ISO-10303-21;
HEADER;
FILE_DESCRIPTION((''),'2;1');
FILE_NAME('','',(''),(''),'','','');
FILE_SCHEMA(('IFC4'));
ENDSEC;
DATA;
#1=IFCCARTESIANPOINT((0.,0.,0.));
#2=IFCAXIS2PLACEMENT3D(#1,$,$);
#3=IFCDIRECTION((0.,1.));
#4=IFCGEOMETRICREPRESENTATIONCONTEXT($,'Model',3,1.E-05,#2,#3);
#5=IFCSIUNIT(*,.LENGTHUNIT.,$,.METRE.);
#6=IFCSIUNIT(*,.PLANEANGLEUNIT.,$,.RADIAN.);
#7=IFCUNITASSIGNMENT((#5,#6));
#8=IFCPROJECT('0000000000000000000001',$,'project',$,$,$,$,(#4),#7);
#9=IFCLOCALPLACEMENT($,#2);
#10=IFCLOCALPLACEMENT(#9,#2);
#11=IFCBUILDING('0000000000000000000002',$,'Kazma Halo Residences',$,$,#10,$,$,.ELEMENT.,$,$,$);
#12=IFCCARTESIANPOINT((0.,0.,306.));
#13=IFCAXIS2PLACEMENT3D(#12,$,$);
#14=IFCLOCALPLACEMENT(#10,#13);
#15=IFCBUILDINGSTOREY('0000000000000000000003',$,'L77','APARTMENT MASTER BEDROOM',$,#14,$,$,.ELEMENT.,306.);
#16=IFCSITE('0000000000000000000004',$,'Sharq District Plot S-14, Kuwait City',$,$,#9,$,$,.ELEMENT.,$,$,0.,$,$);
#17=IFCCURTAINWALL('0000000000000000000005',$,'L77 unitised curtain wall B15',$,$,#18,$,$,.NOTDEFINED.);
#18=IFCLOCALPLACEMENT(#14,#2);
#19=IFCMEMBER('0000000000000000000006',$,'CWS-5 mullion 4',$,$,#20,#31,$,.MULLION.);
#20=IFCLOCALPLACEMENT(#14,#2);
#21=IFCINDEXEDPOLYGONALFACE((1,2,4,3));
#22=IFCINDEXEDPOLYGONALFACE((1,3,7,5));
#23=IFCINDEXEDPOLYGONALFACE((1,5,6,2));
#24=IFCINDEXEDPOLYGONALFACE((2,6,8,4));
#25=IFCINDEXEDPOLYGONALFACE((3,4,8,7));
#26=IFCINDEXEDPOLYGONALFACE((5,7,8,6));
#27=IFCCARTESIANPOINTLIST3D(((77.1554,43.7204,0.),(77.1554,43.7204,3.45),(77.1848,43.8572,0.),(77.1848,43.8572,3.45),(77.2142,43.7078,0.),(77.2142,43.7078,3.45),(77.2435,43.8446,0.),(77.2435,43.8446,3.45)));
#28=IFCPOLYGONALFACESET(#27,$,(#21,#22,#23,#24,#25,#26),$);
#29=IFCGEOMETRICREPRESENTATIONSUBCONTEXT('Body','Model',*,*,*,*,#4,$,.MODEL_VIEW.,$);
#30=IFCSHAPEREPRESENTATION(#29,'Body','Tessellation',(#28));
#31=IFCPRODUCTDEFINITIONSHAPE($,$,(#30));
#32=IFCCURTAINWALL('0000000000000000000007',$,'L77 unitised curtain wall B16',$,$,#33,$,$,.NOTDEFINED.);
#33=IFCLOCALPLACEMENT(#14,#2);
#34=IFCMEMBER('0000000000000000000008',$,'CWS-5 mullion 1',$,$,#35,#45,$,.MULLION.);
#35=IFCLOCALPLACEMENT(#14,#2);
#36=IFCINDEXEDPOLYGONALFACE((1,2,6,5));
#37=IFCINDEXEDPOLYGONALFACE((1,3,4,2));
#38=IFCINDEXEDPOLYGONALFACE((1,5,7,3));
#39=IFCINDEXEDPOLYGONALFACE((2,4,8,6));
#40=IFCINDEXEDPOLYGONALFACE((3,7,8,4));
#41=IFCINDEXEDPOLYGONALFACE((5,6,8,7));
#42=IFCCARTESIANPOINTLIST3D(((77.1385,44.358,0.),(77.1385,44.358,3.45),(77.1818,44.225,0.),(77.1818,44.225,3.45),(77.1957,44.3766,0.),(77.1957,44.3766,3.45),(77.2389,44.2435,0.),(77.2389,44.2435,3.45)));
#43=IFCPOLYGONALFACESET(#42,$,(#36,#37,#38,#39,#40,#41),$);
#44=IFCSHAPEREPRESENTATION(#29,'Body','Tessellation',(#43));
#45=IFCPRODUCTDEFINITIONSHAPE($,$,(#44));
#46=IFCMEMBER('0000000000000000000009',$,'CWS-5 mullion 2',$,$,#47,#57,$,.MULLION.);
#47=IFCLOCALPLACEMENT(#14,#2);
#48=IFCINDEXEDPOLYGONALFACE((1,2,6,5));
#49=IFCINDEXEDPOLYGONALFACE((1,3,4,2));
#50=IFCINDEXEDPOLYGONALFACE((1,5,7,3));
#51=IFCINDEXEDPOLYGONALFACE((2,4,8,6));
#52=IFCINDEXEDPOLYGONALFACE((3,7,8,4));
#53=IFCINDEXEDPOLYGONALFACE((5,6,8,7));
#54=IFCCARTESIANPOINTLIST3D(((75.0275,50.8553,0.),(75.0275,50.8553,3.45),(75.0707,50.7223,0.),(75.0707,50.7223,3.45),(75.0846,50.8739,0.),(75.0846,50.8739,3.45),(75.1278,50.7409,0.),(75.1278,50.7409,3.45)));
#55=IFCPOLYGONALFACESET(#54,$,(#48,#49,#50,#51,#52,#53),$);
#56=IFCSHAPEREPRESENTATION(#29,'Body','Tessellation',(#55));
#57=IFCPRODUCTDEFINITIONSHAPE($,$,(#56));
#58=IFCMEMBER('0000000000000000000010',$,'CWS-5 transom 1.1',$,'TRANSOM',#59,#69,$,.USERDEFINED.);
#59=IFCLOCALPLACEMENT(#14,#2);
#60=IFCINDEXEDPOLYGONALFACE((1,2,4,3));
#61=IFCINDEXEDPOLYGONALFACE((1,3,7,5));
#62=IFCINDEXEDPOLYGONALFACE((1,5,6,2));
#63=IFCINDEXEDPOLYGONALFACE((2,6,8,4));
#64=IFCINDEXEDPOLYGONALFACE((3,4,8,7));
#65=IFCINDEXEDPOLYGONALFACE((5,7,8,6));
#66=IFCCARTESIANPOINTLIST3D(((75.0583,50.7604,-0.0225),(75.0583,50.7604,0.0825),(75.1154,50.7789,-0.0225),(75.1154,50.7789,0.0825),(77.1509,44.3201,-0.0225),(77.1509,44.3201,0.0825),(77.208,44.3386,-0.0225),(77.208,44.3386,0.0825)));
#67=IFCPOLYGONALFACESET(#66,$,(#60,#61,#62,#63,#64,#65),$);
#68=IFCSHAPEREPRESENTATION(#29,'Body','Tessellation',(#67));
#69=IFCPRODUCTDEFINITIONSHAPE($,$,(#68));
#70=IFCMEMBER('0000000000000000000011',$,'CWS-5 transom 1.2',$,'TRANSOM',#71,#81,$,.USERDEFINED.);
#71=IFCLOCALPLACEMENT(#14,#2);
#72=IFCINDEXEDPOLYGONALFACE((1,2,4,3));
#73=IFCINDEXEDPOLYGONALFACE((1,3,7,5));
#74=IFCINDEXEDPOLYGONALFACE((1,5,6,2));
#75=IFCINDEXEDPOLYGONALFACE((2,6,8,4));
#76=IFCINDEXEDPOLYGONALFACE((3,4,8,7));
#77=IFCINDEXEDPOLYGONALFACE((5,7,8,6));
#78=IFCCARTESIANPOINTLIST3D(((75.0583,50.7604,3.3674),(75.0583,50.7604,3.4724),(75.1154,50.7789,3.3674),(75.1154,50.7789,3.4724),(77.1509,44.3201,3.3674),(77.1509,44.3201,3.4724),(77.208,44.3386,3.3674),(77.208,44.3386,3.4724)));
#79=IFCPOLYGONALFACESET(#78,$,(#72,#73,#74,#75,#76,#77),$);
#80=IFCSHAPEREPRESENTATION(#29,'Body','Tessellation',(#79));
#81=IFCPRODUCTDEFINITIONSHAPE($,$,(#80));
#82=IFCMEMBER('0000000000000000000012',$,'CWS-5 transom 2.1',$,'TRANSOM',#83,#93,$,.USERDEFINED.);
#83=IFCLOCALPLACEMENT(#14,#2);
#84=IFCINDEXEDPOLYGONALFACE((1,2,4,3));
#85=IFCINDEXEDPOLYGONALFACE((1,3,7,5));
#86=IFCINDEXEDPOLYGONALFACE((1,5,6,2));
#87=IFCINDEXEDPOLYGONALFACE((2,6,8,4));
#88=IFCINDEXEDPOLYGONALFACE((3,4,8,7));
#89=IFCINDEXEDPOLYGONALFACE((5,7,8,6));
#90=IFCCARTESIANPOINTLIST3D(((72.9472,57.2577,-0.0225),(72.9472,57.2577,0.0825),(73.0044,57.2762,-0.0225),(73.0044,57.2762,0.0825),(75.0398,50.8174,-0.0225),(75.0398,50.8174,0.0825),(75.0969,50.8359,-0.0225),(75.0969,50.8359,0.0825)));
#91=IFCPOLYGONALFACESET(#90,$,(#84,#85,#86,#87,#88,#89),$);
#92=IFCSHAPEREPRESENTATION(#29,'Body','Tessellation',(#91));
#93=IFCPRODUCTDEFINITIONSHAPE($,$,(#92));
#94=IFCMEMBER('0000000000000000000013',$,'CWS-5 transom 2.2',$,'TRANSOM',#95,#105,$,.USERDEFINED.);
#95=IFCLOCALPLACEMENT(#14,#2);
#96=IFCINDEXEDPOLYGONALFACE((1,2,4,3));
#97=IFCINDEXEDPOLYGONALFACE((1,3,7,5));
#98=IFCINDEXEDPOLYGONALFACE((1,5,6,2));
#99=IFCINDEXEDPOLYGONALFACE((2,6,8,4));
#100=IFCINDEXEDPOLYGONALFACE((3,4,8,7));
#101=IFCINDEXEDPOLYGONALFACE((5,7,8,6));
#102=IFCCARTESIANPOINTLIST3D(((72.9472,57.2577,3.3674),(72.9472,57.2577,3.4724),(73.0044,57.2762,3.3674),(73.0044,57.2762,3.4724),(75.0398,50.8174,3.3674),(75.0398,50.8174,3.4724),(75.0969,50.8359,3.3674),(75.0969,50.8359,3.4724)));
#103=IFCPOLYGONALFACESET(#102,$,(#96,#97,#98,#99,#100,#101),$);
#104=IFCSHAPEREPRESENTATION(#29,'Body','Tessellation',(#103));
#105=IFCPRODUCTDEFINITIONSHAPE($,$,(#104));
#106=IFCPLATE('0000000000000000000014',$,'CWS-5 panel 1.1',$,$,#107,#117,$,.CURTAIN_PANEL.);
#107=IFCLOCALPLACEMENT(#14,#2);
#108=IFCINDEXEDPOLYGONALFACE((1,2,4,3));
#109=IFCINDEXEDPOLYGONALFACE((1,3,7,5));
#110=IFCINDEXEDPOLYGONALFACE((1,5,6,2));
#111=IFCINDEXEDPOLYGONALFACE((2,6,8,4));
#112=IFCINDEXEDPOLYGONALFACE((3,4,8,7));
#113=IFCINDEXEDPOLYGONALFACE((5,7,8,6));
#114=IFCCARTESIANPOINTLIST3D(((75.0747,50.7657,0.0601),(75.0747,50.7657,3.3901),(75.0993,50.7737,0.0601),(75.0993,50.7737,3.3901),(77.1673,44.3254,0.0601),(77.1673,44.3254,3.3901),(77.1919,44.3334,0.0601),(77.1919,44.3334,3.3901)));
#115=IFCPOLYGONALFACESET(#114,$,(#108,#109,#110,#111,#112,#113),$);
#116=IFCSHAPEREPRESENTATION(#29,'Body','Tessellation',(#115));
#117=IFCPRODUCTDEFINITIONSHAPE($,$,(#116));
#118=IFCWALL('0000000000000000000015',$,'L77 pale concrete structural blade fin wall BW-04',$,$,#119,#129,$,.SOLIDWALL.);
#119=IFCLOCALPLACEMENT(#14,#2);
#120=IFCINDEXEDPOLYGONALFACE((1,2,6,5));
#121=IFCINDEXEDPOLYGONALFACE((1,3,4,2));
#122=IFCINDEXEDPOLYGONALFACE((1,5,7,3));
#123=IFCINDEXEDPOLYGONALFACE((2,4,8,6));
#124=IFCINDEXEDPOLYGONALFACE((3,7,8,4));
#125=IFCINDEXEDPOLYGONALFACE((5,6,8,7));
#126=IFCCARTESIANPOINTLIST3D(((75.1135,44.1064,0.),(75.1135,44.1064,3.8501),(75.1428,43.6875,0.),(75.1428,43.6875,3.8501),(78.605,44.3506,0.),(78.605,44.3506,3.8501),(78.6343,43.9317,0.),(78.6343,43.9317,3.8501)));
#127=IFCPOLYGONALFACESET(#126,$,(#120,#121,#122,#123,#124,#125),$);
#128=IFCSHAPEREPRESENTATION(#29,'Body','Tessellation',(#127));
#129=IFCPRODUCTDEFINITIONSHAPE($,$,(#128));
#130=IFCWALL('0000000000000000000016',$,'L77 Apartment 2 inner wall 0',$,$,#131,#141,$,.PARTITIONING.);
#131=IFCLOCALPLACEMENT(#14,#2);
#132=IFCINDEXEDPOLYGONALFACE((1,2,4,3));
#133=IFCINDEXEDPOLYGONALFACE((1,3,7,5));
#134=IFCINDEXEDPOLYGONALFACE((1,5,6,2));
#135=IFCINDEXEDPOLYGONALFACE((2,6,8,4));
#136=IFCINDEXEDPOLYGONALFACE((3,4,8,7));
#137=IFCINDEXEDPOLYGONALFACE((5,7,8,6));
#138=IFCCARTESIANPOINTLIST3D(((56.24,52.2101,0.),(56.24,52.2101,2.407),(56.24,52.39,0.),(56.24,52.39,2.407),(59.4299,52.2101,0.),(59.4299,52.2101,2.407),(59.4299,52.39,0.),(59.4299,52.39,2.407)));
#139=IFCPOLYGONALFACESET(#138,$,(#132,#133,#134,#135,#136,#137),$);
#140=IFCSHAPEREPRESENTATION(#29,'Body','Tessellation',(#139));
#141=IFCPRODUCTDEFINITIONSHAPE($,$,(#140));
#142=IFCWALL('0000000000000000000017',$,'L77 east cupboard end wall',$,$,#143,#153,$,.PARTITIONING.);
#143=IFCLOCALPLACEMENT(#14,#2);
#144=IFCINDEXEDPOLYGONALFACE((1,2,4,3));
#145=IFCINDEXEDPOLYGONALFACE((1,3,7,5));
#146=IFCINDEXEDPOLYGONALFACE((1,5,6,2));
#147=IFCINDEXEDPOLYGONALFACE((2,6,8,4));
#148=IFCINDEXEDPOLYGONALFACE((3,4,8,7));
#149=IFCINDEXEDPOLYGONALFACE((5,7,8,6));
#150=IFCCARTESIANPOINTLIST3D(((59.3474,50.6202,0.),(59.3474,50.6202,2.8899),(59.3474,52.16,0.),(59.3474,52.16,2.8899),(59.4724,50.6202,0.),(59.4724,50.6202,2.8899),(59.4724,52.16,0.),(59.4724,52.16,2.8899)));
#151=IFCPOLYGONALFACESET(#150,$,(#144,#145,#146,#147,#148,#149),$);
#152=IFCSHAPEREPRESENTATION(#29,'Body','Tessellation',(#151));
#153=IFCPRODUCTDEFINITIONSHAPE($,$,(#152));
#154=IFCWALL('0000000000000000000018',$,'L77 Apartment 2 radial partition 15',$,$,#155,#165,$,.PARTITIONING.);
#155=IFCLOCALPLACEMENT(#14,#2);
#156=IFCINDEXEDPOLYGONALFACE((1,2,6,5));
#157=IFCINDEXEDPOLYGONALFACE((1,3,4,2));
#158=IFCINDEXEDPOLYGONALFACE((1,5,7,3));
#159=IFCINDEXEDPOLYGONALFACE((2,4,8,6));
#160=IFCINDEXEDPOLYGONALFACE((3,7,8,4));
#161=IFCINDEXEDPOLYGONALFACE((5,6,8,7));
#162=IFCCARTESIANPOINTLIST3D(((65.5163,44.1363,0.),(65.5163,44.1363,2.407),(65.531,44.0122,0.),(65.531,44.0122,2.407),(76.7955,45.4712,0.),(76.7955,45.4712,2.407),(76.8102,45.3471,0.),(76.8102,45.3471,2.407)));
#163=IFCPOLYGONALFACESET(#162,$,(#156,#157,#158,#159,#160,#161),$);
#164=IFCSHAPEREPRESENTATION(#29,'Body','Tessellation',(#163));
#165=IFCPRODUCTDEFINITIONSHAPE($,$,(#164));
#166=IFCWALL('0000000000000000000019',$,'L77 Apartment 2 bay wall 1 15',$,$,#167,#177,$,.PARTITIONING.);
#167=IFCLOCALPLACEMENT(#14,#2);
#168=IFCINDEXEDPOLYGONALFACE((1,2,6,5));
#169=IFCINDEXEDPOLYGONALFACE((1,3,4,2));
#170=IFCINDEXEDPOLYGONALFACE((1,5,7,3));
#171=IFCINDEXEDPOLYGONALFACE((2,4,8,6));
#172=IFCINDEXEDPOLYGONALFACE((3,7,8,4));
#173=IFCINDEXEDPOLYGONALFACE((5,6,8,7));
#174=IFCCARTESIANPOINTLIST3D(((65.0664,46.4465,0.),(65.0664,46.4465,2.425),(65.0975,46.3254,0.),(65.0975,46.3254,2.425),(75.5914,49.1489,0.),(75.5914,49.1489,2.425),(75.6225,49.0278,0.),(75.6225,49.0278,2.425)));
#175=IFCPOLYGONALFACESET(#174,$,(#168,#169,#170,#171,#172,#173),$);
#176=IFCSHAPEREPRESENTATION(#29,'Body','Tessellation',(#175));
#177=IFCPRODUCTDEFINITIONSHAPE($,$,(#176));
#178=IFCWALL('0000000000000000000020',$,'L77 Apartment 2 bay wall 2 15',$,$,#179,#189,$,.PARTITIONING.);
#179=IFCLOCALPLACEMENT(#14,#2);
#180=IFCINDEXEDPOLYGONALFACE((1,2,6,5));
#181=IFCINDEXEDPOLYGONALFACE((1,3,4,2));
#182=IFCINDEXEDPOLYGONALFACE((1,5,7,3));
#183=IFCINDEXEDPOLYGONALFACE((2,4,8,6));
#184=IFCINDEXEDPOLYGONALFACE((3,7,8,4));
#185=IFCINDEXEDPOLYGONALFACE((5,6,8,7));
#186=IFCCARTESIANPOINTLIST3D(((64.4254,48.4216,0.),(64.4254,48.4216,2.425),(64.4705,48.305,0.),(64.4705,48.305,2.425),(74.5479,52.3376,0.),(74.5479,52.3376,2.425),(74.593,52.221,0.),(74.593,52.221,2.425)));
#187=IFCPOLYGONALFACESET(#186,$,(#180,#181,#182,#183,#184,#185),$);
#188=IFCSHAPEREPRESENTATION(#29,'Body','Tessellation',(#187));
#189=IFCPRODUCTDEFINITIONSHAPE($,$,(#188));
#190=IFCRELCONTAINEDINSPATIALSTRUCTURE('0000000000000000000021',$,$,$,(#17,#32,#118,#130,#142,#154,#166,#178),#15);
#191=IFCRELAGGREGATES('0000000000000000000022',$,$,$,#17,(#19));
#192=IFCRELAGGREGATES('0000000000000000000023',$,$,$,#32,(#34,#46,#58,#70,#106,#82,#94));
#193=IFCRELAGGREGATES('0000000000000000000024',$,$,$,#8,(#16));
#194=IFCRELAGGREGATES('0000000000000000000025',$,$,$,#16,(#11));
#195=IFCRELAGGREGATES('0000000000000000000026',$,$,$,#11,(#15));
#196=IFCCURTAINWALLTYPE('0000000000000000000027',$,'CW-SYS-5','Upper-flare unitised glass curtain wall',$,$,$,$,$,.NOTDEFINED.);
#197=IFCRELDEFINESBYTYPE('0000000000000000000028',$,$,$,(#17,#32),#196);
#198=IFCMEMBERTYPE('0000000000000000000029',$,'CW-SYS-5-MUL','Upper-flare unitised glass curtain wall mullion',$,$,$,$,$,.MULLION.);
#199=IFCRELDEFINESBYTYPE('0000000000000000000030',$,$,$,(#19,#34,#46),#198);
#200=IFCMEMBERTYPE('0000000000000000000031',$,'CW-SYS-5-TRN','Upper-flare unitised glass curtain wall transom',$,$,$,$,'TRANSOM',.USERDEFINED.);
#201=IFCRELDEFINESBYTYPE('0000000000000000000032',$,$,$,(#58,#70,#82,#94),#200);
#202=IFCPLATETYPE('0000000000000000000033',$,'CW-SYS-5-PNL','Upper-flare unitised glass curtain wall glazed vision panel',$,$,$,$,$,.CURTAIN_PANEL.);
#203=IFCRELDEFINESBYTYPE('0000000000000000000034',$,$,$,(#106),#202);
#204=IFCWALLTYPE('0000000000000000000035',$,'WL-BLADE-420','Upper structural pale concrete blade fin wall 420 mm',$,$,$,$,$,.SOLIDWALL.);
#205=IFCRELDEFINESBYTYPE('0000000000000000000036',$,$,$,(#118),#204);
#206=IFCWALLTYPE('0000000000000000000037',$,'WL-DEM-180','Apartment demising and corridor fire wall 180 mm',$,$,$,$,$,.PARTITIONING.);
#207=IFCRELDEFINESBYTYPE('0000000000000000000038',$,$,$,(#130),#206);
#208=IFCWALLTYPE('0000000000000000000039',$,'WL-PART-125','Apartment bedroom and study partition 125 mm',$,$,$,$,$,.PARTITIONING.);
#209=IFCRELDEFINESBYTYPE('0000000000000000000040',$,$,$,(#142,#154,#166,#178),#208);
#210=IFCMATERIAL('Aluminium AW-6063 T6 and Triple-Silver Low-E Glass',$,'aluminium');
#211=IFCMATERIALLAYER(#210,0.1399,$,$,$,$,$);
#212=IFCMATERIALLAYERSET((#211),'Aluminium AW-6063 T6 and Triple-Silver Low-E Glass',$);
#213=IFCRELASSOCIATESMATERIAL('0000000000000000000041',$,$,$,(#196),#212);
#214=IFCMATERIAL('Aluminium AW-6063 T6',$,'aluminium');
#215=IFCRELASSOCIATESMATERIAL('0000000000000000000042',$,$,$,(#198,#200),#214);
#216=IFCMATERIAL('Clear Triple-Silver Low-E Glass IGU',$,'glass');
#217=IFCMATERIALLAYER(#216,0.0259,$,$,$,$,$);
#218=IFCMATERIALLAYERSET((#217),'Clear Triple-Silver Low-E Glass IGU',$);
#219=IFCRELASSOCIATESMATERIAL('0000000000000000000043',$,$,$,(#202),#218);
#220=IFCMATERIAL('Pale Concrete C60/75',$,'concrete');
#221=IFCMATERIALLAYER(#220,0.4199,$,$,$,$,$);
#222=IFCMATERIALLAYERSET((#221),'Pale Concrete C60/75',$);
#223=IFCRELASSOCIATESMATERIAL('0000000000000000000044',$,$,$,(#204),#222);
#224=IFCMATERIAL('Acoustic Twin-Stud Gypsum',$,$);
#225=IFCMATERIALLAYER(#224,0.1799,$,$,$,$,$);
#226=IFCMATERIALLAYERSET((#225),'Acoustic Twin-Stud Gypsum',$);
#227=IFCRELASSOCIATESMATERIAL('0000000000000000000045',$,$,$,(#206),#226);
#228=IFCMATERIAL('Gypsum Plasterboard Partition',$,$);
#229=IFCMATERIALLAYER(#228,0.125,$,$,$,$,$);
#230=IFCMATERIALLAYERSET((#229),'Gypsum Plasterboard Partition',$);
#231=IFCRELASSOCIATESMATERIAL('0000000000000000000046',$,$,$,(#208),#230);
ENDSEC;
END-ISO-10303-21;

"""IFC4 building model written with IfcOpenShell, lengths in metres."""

from ifc_helpers import new_model, si_unit, direction, frame, frame_2d, origin, origin_2d, place, context, subcontext, project, spatial, rectangle, extrude, material, layer, layer_set, material_profile, profile_set, type_object, element, aggregate, save


model = new_model("IFC4")

# Units and contexts
model_context = context("Model", 3, precision=1e-05, world=origin(), true_north=direction((0.0, 1.0)))
body_context = subcontext(model_context, "Body", "Model", "MODEL_VIEW")
ifc_project = project(units=[si_unit("LENGTHUNIT", "METRE"), si_unit("PLANEANGLEUNIT", "RADIAN")], contexts=[model_context])

# Site, building, storey
site_placement = place(None, origin())
site = spatial("IfcSite", under=ifc_project, at=site_placement, Name="Sharq District Plot S-14, Kuwait City", CompositionType="ELEMENT", RefElevation=0.0)
building_placement = place(site_placement, origin())
building = spatial("IfcBuilding", under=site, at=building_placement, Name="Kazma Halo Residences", CompositionType="ELEMENT")
storey_placement = place(building_placement, frame((0.0, 0.0, 306.0)))
storey = spatial("IfcBuildingStorey", under=building, at=storey_placement, Name="L77", Description="APARTMENT MASTER BEDROOM", CompositionType="ELEMENT", Elevation=306.0)

# Curtain wall, member
ifc_material_1 = material(Name="Aluminium AW-6063 T6 and Triple-Silver Low-E Glass", Category="aluminium")
ifc_layer_1 = layer(ifc_material_1, 0.1399)
ifc_layer_set_1 = layer_set([ifc_layer_1], Name="Aluminium AW-6063 T6 and Triple-Silver Low-E Glass")
curtain_wall_type = type_object("IfcCurtainWallType", Name="CW-SYS-5", Description="Upper-flare unitised glass curtain wall", PredefinedType="NOTDEFINED", material=ifc_layer_set_1)
curtain_wall_1_placement = place(storey_placement, origin())
curtain_wall_1 = element("IfcCurtainWall", 1, at=curtain_wall_1_placement, inside=storey, type_object=curtain_wall_type, Name="L77 unitised curtain wall B15", PredefinedType="NOTDEFINED")
ifc_material_2 = material(Name="Aluminium AW-6063 T6", Category="aluminium")
ifc_material_profile_1 = material_profile(ifc_material_2, rectangle(XDim=0.0601, YDim=0.1399, at=origin_2d()), Name="CWM-60x140")
ifc_profile_set_1 = profile_set([ifc_material_profile_1], Name="Aluminium AW-6063 T6")
member_type_1 = type_object("IfcMemberType", Name="CW-SYS-5-MUL", Description="Upper-flare unitised glass curtain wall mullion", PredefinedType="MULLION", material=ifc_profile_set_1)
member_1_placement = place(storey_placement, frame((77.1995, 43.7825, 0.0), z_axis=(0.0, 0.0, 1.0), x_axis=(-0.977771, 0.209676, 0.0)))
member_1 = element("IfcMember", 2, at=member_1_placement, type_object=member_type_1, Name="CWS-5 mullion 4", PredefinedType="MULLION", context=body_context, shape_type="SweptSolid", body=[
    extrude(rectangle(XDim=0.0601, YDim=0.1399, at=origin_2d()), origin(), (0.0, 0.0, 1.0), 3.45),
])
aggregate(curtain_wall_1, [member_1])

# Curtain wall, members, plate
curtain_wall_2_placement = place(storey_placement, origin())
curtain_wall_2 = element("IfcCurtainWall", 3, at=curtain_wall_2_placement, inside=storey, type_object=curtain_wall_type, Name="L77 unitised curtain wall B16", PredefinedType="NOTDEFINED")
member_2_placement = place(storey_placement, frame((77.1887, 44.3008, 0.0), z_axis=(0.0, 0.0, 1.0), x_axis=(-0.951057, -0.309016, 0.0)))
member_2 = element("IfcMember", 4, at=member_2_placement, type_object=member_type_1, Name="CWS-5 mullion 1", PredefinedType="MULLION", context=body_context, shape_type="SweptSolid", body=[
    extrude(rectangle(XDim=0.0601, YDim=0.1399, at=origin_2d()), origin(), (0.0, 0.0, 1.0), 3.45),
])
member_3_placement = place(storey_placement, frame((75.0776, 50.7981, 0.0), z_axis=(0.0, 0.0, 1.0), x_axis=(-0.951057, -0.309016, 0.0)))
member_3 = element("IfcMember", 5, at=member_3_placement, type_object=member_type_1, Name="CWS-5 mullion 2", PredefinedType="MULLION", context=body_context, shape_type="SweptSolid", body=[
    extrude(rectangle(XDim=0.0601, YDim=0.1399, at=origin_2d()), origin(), (0.0, 0.0, 1.0), 3.45),
])
ifc_material_profile_2 = material_profile(ifc_material_2, rectangle(XDim=0.0601, YDim=0.105, at=origin_2d()), Name="CWT-60x105")
ifc_profile_set_2 = profile_set([ifc_material_profile_2], Name="Aluminium AW-6063 T6")
member_type_2 = type_object("IfcMemberType", Name="CW-SYS-5-TRN", Description="Upper-flare unitised glass curtain wall transom", ElementType="TRANSOM", PredefinedType="USERDEFINED", material=ifc_profile_set_2)
member_4_placement = place(storey_placement, frame((77.1794, 44.3293, 0.03), z_axis=(-0.309015, 0.951057, 0.0), x_axis=(-0.951057, -0.309015, 0.0)))
member_4 = element("IfcMember", 6, at=member_4_placement, type_object=member_type_2, Name="CWS-5 transom 1.1", ObjectType="TRANSOM", PredefinedType="USERDEFINED", context=body_context, shape_type="SweptSolid", body=[
    extrude(rectangle(XDim=0.0601, YDim=0.105, at=origin_2d()), origin(), (0.0, 0.0, 1.0), 6.7717),
])
member_5_placement = place(storey_placement, frame((77.1794, 44.3293, 3.4199), z_axis=(-0.309015, 0.951057, 0.0), x_axis=(-0.951057, -0.309015, 0.0)))
member_5 = element("IfcMember", 7, at=member_5_placement, type_object=member_type_2, Name="CWS-5 transom 1.2", ObjectType="TRANSOM", PredefinedType="USERDEFINED", context=body_context, shape_type="SweptSolid", body=[
    extrude(rectangle(XDim=0.0601, YDim=0.105, at=origin_2d()), origin(), (0.0, 0.0, 1.0), 6.7717),
])
member_6_placement = place(storey_placement, frame((75.0684, 50.8267, 0.03), z_axis=(-0.309015, 0.951057, 0.0), x_axis=(-0.951057, -0.309015, 0.0)))
member_6 = element("IfcMember", 8, at=member_6_placement, type_object=member_type_2, Name="CWS-5 transom 2.1", ObjectType="TRANSOM", PredefinedType="USERDEFINED", context=body_context, shape_type="SweptSolid", body=[
    extrude(rectangle(XDim=0.0601, YDim=0.105, at=origin_2d()), origin(), (0.0, 0.0, 1.0), 6.7717),
])
member_7_placement = place(storey_placement, frame((75.0684, 50.8267, 3.4199), z_axis=(-0.309015, 0.951057, 0.0), x_axis=(-0.951057, -0.309015, 0.0)))
member_7 = element("IfcMember", 9, at=member_7_placement, type_object=member_type_2, Name="CWS-5 transom 2.2", ObjectType="TRANSOM", PredefinedType="USERDEFINED", context=body_context, shape_type="SweptSolid", body=[
    extrude(rectangle(XDim=0.0601, YDim=0.105, at=origin_2d()), origin(), (0.0, 0.0, 1.0), 6.7717),
])
ifc_material_3 = material(Name="Clear Triple-Silver Low-E Glass IGU", Category="glass")
ifc_layer_2 = layer(ifc_material_3, 0.0259)
ifc_layer_set_2 = layer_set([ifc_layer_2], Name="Clear Triple-Silver Low-E Glass IGU")
plate_type = type_object("IfcPlateType", Name="CW-SYS-5-PNL", Description="Upper-flare unitised glass curtain wall glazed vision panel", PredefinedType="CURTAIN_PANEL", material=ifc_layer_set_2)
plate_placement = place(storey_placement, frame((76.1333, 47.5496, 0.0601), z_axis=(0.0, 0.0, 1.0), x_axis=(-0.309016, 0.951057, 0.0)))
plate = element("IfcPlate", 10, at=plate_placement, type_object=plate_type, Name="CWS-5 panel 1.1", PredefinedType="CURTAIN_PANEL", context=body_context, shape_type="SweptSolid", body=[
    extrude(rectangle(XDim=6.7717, YDim=0.0259, at=origin_2d()), origin(), (0.0, 0.0, 1.0), 3.3301),
])
aggregate(curtain_wall_2, [member_2, member_3, member_4, member_5, plate, member_6, member_7])

# Walls
ifc_material_4 = material(Name="Pale Concrete C60/75", Category="concrete")
ifc_layer_3 = layer(ifc_material_4, 0.4199)
ifc_layer_set_3 = layer_set([ifc_layer_3], Name="Pale Concrete C60/75")
wall_type_1 = type_object("IfcWallType", Name="WL-BLADE-420", Description="Upper structural pale concrete blade fin wall 420 mm", PredefinedType="SOLIDWALL", material=ifc_layer_set_3)
wall_1_placement = place(storey_placement, frame((75.1282, 43.897, 0.0), z_axis=(0.0, 0.0, 1.0), x_axis=(0.997564, 0.069755, 0.0)))
element("IfcWall", 11, at=wall_1_placement, inside=storey, type_object=wall_type_1, Name="L77 pale concrete structural blade fin wall BW-04", PredefinedType="SOLIDWALL", context=body_context, shape_type="SweptSolid", body=[
    extrude(rectangle(XDim=3.5, YDim=0.4199, at=frame_2d((1.75, 0.0))), origin(), (0.0, 0.0, 1.0), 3.8501),
])
ifc_material_5 = material(Name="Acoustic Twin-Stud Gypsum")
ifc_layer_4 = layer(ifc_material_5, 0.1799)
ifc_layer_set_4 = layer_set([ifc_layer_4], Name="Acoustic Twin-Stud Gypsum")
wall_type_2 = type_object("IfcWallType", Name="WL-DEM-180", Description="Apartment demising and corridor fire wall 180 mm", PredefinedType="PARTITIONING", material=ifc_layer_set_4)
wall_2_placement = place(storey_placement, frame((59.4299, 52.3, 0.0), z_axis=(0.0, 0.0, 1.0), x_axis=(-1.0, 0.0, 0.0)))
element("IfcWall", 12, at=wall_2_placement, inside=storey, type_object=wall_type_2, Name="L77 Apartment 2 inner wall 0", PredefinedType="PARTITIONING", context=body_context, shape_type="SweptSolid", body=[
    extrude(rectangle(XDim=3.1899, YDim=0.1799, at=frame_2d((1.595, 0.0))), origin(), (0.0, 0.0, 1.0), 2.407),
])
ifc_material_6 = material(Name="Gypsum Plasterboard Partition")
ifc_layer_5 = layer(ifc_material_6, 0.125)
ifc_layer_set_5 = layer_set([ifc_layer_5], Name="Gypsum Plasterboard Partition")
wall_type_3 = type_object("IfcWallType", Name="WL-PART-125", Description="Apartment bedroom and study partition 125 mm", PredefinedType="PARTITIONING", material=ifc_layer_set_5)
wall_3_placement = place(storey_placement, frame((59.4099, 50.6201, 0.0), z_axis=(0.0, 0.0, 1.0), x_axis=(0.0, 1.0, 0.0)))
element("IfcWall", 13, at=wall_3_placement, inside=storey, type_object=wall_type_3, Name="L77 east cupboard end wall", PredefinedType="PARTITIONING", context=body_context, shape_type="SweptSolid", body=[
    extrude(rectangle(XDim=1.5398, YDim=0.125, at=frame_2d((0.77, 0.0))), origin(), (0.0, 0.0, 1.0), 2.8899),
])
wall_4_placement = place(storey_placement, frame((65.5237, 44.0742, 0.0), z_axis=(0.0, 0.0, 1.0), x_axis=(0.993069, 0.117535, 0.0)))
element("IfcWall", 14, at=wall_4_placement, inside=storey, type_object=wall_type_3, Name="L77 Apartment 2 radial partition 15", PredefinedType="PARTITIONING", context=body_context, shape_type="SweptSolid", body=[
    extrude(rectangle(XDim=11.3579, YDim=0.125, at=frame_2d((5.679, 0.0))), origin(), (0.0, 0.0, 1.0), 2.407),
])
wall_5_placement = place(storey_placement, frame((65.082, 46.386, 0.0), z_axis=(0.0, 0.0, 1.0), x_axis=(0.968583, 0.248689, 0.0)))
element("IfcWall", 15, at=wall_5_placement, inside=storey, type_object=wall_type_3, Name="L77 Apartment 2 bay wall 1 15", PredefinedType="PARTITIONING", context=body_context, shape_type="SweptSolid", body=[
    extrude(rectangle(XDim=10.8665, YDim=0.125, at=frame_2d((5.4331, 0.0))), origin(), (0.0, 0.0, 1.0), 2.425),
])
wall_6_placement = place(storey_placement, frame((64.448, 48.3633, 0.0), z_axis=(0.0, 0.0, 1.0), x_axis=(0.932639, 0.36081, 0.0)))
element("IfcWall", 16, at=wall_6_placement, inside=storey, type_object=wall_type_3, Name="L77 Apartment 2 bay wall 2 15", PredefinedType="PARTITIONING", context=body_context, shape_type="SweptSolid", body=[
    extrude(rectangle(XDim=10.8535, YDim=0.125, at=frame_2d((5.4268, 0.0))), origin(), (0.0, 0.0, 1.0), 2.425),
])

save(model, "model.ifc")
